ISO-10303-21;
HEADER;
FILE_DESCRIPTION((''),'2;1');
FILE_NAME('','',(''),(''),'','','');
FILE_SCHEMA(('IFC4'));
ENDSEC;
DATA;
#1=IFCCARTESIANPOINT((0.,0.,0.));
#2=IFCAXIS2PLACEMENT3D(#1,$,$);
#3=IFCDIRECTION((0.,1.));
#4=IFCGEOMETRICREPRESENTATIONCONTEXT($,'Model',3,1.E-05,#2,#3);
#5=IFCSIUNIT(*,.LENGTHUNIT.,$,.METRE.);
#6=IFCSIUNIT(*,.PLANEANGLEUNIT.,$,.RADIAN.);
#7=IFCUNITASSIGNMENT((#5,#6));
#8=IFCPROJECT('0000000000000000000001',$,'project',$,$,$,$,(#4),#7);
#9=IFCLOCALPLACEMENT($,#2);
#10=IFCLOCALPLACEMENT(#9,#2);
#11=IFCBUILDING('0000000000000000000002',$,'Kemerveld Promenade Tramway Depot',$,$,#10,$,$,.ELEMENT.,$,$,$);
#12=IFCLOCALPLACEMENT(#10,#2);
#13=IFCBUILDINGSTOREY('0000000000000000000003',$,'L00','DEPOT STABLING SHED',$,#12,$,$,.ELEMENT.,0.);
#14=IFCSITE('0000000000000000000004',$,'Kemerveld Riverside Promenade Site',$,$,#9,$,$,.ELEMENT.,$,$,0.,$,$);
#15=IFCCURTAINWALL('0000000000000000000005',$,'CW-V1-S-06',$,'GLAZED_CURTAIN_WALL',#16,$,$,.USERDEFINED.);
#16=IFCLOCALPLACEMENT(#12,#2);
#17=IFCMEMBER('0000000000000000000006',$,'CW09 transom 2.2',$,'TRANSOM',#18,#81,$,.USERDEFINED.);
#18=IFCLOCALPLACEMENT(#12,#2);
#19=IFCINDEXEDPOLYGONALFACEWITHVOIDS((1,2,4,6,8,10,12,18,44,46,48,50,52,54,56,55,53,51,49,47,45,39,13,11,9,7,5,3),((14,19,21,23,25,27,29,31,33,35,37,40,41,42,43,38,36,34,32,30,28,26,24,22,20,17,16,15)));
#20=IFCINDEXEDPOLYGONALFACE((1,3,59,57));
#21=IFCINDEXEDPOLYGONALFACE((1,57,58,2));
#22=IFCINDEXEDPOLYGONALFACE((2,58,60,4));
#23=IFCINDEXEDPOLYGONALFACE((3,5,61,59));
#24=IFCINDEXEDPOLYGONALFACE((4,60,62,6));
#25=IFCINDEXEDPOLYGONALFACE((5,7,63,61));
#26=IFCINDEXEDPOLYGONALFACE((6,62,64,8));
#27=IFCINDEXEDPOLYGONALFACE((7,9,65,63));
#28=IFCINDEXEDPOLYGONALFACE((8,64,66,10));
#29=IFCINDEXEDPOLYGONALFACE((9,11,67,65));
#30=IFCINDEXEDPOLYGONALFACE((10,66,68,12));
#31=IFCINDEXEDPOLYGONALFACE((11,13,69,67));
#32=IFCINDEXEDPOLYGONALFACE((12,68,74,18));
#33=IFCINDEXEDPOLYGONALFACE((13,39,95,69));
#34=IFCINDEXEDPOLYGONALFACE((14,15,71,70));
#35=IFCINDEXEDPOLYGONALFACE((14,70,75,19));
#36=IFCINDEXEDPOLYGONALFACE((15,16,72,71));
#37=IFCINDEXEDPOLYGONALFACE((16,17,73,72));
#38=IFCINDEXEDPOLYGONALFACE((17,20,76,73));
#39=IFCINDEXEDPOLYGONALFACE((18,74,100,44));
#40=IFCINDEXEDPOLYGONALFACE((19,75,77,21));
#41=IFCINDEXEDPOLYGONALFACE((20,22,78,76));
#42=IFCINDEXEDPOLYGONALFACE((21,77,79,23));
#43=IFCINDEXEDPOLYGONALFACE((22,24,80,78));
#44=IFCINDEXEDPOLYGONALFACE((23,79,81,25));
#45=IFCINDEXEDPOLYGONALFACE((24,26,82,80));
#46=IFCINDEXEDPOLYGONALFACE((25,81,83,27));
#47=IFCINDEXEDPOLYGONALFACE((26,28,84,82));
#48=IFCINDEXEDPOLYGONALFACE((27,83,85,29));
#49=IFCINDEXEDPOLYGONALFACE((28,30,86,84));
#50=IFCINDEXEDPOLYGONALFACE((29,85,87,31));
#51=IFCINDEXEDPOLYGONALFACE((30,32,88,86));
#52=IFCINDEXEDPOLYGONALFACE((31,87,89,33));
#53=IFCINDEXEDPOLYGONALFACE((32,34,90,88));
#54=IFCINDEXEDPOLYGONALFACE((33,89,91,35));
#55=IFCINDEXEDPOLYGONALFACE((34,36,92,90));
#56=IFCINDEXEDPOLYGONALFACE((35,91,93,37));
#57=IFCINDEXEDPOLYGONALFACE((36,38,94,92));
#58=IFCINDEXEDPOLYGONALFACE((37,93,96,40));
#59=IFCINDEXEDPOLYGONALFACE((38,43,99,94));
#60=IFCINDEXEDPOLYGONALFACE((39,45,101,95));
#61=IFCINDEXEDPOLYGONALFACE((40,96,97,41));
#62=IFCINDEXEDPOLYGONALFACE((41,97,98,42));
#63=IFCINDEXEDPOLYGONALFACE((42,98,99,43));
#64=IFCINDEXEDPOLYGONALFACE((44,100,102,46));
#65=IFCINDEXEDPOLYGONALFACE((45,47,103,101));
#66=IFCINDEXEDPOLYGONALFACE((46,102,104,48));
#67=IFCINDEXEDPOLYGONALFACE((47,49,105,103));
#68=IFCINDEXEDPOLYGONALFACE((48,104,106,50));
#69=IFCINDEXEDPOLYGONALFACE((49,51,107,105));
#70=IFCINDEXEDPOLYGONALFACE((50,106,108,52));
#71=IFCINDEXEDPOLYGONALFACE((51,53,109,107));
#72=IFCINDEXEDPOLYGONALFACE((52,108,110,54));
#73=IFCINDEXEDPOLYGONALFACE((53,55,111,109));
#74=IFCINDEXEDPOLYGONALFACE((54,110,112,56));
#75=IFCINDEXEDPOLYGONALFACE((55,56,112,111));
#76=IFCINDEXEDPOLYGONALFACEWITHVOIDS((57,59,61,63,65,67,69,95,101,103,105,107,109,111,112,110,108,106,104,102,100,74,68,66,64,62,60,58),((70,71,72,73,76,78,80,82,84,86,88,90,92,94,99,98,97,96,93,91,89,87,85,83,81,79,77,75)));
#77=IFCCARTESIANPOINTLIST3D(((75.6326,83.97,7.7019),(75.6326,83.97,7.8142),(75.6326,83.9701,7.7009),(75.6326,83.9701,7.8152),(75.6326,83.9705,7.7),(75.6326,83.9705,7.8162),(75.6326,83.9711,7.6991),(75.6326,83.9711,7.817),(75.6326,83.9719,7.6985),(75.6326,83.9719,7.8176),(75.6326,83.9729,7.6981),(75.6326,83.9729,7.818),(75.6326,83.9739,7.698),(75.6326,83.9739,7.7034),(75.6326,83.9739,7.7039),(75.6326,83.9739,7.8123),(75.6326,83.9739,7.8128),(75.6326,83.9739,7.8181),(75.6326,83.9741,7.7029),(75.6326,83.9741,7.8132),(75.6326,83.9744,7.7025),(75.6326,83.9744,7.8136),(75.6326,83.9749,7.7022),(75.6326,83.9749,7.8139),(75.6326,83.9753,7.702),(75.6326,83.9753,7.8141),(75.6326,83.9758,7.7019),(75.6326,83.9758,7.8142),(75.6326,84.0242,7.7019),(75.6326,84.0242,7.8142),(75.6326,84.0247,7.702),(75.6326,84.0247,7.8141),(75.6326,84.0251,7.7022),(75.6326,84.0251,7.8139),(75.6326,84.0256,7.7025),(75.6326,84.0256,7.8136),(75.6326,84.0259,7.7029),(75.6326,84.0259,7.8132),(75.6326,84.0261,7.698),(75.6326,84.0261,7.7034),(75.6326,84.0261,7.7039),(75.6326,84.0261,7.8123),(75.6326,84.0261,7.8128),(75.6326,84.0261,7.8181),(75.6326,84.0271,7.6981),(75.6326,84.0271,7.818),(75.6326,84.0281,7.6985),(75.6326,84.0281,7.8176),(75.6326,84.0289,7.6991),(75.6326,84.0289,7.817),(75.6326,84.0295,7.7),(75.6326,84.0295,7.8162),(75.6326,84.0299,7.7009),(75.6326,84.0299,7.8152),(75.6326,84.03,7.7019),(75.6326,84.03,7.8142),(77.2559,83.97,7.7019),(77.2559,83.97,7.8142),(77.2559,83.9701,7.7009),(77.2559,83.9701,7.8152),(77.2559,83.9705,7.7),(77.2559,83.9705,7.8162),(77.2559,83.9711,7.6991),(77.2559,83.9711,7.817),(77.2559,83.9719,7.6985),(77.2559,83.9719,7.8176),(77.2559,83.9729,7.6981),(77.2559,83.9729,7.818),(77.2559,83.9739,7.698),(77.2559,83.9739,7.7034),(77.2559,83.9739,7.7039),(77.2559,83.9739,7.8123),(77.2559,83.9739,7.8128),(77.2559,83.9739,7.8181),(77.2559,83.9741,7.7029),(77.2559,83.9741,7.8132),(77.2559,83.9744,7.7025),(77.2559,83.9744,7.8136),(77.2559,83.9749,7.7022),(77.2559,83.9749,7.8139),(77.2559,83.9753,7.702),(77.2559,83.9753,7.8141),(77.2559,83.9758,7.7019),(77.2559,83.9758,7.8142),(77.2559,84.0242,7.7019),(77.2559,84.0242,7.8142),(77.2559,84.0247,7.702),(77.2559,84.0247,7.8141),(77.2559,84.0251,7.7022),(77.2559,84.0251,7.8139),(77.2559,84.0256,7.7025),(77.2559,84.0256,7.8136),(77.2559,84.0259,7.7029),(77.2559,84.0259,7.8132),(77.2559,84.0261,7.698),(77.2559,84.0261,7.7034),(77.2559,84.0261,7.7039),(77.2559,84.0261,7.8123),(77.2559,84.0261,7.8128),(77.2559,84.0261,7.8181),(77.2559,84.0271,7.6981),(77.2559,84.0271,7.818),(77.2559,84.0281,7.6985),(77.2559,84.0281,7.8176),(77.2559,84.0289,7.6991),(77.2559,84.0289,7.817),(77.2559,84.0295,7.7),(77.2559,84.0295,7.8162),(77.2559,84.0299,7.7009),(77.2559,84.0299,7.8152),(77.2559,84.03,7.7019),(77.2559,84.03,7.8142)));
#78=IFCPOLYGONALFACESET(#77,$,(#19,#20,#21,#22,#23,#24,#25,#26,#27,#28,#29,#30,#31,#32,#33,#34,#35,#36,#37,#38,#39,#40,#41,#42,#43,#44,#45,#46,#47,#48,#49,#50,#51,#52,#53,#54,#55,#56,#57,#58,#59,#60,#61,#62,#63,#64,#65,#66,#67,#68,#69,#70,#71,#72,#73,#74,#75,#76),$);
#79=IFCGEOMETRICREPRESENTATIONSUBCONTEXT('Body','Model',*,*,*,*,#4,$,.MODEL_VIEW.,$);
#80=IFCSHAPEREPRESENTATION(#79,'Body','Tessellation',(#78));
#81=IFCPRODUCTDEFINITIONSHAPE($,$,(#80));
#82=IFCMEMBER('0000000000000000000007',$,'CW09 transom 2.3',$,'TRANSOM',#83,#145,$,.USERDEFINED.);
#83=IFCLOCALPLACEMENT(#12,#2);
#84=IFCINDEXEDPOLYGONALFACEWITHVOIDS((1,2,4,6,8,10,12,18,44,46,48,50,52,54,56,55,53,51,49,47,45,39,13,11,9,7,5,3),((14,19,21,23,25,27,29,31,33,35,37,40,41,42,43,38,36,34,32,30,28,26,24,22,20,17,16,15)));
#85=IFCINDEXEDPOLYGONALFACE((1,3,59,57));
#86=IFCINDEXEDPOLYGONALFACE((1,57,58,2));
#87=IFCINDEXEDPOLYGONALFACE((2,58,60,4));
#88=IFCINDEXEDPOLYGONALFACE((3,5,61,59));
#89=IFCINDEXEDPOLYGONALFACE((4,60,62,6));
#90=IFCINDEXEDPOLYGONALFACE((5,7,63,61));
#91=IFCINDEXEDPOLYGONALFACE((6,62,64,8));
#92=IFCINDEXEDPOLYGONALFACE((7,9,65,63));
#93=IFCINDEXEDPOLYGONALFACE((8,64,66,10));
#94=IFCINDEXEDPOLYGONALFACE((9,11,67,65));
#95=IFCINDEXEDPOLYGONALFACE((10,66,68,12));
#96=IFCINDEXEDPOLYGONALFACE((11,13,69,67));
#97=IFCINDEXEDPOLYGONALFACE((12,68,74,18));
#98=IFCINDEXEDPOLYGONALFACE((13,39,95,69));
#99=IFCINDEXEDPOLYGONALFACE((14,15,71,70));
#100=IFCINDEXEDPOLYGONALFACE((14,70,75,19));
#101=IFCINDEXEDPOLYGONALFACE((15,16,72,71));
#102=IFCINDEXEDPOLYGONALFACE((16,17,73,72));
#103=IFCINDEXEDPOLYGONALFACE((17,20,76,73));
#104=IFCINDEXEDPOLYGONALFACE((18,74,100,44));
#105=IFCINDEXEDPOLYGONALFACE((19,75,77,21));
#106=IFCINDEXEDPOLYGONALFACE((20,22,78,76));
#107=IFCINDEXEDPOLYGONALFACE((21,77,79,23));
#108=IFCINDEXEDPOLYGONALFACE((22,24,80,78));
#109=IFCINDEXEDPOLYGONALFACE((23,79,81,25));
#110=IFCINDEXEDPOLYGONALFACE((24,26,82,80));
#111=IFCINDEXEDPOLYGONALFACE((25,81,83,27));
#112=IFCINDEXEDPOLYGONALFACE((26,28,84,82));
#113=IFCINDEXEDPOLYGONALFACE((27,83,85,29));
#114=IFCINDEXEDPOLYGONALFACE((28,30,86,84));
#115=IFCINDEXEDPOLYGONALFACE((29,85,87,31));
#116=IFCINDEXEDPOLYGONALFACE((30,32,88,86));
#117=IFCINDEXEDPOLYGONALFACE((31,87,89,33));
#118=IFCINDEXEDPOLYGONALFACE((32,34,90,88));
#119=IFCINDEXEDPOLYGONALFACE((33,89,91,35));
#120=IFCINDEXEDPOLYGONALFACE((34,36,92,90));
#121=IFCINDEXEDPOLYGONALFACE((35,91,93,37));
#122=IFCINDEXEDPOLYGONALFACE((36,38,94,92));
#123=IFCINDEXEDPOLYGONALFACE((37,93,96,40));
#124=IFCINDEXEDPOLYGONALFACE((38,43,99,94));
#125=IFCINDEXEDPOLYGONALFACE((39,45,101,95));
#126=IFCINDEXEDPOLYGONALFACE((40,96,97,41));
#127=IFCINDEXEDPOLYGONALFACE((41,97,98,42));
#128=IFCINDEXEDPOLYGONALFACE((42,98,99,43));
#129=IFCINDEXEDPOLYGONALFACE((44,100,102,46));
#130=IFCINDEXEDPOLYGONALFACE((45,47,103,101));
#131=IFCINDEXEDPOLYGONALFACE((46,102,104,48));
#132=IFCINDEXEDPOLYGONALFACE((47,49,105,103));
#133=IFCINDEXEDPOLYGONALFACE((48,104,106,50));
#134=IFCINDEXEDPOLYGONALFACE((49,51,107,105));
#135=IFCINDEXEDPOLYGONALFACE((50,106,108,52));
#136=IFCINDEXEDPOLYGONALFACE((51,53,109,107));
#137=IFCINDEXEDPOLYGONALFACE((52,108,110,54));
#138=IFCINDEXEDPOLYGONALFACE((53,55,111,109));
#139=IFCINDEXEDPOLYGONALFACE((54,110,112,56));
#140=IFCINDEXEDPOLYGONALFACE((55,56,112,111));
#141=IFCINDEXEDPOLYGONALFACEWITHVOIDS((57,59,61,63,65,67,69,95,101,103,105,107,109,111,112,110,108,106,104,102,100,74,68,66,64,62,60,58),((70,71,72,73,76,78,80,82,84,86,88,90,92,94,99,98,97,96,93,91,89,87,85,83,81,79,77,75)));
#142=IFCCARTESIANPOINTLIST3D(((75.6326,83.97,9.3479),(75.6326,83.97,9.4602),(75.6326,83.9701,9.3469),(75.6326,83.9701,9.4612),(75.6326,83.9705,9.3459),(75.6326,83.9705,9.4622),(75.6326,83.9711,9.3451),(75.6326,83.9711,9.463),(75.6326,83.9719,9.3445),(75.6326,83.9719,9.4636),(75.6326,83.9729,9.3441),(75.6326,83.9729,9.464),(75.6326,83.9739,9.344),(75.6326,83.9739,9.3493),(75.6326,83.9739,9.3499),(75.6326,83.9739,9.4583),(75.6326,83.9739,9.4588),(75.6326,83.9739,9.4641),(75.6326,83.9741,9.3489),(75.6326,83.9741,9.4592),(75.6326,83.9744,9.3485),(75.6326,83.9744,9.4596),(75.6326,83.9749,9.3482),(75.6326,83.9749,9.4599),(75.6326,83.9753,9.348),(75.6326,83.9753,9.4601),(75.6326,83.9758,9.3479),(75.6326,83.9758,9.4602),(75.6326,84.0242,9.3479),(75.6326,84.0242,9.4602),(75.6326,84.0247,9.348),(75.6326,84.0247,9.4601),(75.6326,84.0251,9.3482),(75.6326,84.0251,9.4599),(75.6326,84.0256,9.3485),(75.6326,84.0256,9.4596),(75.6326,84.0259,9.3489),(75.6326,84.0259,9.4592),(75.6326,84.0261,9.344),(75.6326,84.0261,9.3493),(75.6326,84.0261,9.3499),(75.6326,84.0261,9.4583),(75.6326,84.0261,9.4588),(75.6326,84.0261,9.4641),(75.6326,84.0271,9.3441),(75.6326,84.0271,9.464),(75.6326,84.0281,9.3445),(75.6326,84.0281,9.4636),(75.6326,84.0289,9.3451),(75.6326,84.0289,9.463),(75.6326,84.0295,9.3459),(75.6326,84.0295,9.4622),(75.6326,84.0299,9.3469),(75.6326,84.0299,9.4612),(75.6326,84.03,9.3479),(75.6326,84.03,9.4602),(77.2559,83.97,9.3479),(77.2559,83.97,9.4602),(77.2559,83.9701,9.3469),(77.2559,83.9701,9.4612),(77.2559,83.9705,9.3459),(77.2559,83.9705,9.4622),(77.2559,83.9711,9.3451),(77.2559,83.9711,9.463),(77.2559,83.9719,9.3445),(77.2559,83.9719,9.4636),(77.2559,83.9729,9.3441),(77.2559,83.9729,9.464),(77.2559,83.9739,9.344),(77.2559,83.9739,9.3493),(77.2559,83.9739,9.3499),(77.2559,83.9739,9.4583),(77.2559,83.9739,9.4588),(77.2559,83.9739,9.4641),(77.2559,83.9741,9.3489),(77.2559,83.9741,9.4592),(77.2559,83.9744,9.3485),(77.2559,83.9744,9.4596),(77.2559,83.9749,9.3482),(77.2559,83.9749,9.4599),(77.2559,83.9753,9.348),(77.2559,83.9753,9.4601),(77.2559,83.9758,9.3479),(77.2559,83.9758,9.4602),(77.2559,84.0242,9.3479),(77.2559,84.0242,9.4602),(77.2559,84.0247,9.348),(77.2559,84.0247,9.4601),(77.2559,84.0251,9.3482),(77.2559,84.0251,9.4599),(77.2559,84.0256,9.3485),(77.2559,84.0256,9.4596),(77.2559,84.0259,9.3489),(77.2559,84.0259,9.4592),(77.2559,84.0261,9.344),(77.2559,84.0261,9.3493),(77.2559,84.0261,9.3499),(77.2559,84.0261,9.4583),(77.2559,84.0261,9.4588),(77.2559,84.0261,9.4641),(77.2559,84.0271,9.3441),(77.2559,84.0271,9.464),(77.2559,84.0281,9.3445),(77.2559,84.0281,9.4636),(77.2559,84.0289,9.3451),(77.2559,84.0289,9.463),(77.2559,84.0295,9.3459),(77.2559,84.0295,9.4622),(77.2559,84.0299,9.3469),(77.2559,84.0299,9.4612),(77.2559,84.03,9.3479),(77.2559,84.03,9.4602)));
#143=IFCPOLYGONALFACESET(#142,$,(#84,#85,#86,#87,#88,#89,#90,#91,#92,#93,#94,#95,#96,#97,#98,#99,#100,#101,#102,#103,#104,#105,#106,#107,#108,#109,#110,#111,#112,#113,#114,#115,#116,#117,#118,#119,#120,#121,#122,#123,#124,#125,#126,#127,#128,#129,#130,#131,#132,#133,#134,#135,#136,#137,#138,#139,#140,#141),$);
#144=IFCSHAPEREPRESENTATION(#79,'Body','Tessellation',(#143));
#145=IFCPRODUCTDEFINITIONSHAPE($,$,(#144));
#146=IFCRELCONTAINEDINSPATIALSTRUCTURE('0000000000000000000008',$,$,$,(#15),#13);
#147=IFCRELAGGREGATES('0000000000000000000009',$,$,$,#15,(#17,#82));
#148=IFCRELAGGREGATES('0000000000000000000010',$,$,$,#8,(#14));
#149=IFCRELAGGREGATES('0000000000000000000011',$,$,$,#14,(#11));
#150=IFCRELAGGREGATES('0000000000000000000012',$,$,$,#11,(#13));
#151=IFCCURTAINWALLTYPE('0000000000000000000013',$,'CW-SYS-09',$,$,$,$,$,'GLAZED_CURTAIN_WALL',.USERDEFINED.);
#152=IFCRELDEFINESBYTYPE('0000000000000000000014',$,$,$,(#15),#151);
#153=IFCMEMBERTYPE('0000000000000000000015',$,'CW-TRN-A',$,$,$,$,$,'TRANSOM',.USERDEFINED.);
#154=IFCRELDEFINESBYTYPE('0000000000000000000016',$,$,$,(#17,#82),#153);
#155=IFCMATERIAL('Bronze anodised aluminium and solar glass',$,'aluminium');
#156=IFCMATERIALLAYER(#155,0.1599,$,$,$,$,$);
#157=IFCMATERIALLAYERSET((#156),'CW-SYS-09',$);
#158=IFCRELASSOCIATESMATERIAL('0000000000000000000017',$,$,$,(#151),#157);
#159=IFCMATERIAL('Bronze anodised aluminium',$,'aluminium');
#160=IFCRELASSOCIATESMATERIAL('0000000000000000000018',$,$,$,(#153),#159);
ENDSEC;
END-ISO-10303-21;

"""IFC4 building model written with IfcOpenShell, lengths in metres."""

from ifc_helpers import new_model, si_unit, direction, frame, origin, origin_2d, place, context, subcontext, project, spatial, hollow_rectangle, extrude, material, layer, layer_set, material_profile, profile_set, type_object, element, aggregate, save


model = new_model("IFC4")

# Units and contexts
model_context = context("Model", 3, precision=1e-05, world=origin(), true_north=direction((0.0, 1.0)))
body_context = subcontext(model_context, "Body", "Model", "MODEL_VIEW")
ifc_project = project(units=[si_unit("LENGTHUNIT", "METRE"), si_unit("PLANEANGLEUNIT", "RADIAN")], contexts=[model_context])

# Site, building, storey
site_placement = place(None, origin())
site = spatial("IfcSite", under=ifc_project, at=site_placement, Name="Kemerveld Riverside Promenade Site", CompositionType="ELEMENT", RefElevation=0.0)
building_placement = place(site_placement, origin())
building = spatial("IfcBuilding", under=site, at=building_placement, Name="Kemerveld Promenade Tramway Depot", CompositionType="ELEMENT")
storey_placement = place(building_placement, origin())
storey = spatial("IfcBuildingStorey", under=building, at=storey_placement, Name="L00", Description="DEPOT STABLING SHED", CompositionType="ELEMENT", Elevation=0.0)

# Curtain wall
ifc_material_1 = material(Name="Bronze anodised aluminium and solar glass", Category="aluminium")
ifc_layer_1 = layer(ifc_material_1, 0.1599)
ifc_layer_set_1 = layer_set([ifc_layer_1], Name="CW-SYS-09")
curtain_wall_type_1 = type_object("IfcCurtainWallType", Name="CW-SYS-09", ElementType="GLAZED_CURTAIN_WALL", PredefinedType="USERDEFINED", material=ifc_layer_set_1)
curtain_wall_1_placement = place(storey_placement, origin())
curtain_wall_1 = element("IfcCurtainWall", 1, at=curtain_wall_1_placement, inside=storey, type_object=curtain_wall_type_1, Name="CW-V1-S-06", ObjectType="GLAZED_CURTAIN_WALL", PredefinedType="USERDEFINED")
ifc_material_2 = material(Name="Bronze anodised aluminium", Category="aluminium")

# Members
ifc_material_profile_1 = material_profile(ifc_material_2, hollow_rectangle(XDim=0.0601, YDim=0.1201, WallThickness=0.0039, InnerFilletRadius=0.002, OuterFilletRadius=0.0039, at=origin_2d()), Name="CW-TRN-120x60")
ifc_profile_set_1 = profile_set([ifc_material_profile_1], Name="Bronze anodised aluminium")
member_type_1 = type_object("IfcMemberType", Name="CW-TRN-A", ElementType="TRANSOM", PredefinedType="USERDEFINED", material=ifc_profile_set_1)
member_1_placement = place(storey_placement, frame((77.2559, 84.0, 7.7581), z_axis=(-1.0, 0.0, 0.0), x_axis=(0.0, -1.0, 0.0)))
member_1 = element("IfcMember", 2, at=member_1_placement, type_object=member_type_1, Name="CW09 transom 2.2", ObjectType="TRANSOM", PredefinedType="USERDEFINED", context=body_context, shape_type="SweptSolid", body=[
    extrude(hollow_rectangle(XDim=0.0601, YDim=0.1201, WallThickness=0.0039, InnerFilletRadius=0.002, OuterFilletRadius=0.0039, at=origin_2d()), origin(), (0.0, 0.0, 1.0), 1.6233),
])
member_2_placement = place(storey_placement, frame((77.2559, 84.0, 9.4041), z_axis=(-1.0, 0.0, 0.0), x_axis=(0.0, -1.0, 0.0)))
member_2 = element("IfcMember", 3, at=member_2_placement, type_object=member_type_1, Name="CW09 transom 2.3", ObjectType="TRANSOM", PredefinedType="USERDEFINED", context=body_context, shape_type="SweptSolid", body=[
    extrude(hollow_rectangle(XDim=0.0601, YDim=0.1201, WallThickness=0.0039, InnerFilletRadius=0.002, OuterFilletRadius=0.0039, at=origin_2d()), origin(), (0.0, 0.0, 1.0), 1.6233),
])

aggregate(curtain_wall_1, [member_1, member_2])

save(model, "model.ifc")
